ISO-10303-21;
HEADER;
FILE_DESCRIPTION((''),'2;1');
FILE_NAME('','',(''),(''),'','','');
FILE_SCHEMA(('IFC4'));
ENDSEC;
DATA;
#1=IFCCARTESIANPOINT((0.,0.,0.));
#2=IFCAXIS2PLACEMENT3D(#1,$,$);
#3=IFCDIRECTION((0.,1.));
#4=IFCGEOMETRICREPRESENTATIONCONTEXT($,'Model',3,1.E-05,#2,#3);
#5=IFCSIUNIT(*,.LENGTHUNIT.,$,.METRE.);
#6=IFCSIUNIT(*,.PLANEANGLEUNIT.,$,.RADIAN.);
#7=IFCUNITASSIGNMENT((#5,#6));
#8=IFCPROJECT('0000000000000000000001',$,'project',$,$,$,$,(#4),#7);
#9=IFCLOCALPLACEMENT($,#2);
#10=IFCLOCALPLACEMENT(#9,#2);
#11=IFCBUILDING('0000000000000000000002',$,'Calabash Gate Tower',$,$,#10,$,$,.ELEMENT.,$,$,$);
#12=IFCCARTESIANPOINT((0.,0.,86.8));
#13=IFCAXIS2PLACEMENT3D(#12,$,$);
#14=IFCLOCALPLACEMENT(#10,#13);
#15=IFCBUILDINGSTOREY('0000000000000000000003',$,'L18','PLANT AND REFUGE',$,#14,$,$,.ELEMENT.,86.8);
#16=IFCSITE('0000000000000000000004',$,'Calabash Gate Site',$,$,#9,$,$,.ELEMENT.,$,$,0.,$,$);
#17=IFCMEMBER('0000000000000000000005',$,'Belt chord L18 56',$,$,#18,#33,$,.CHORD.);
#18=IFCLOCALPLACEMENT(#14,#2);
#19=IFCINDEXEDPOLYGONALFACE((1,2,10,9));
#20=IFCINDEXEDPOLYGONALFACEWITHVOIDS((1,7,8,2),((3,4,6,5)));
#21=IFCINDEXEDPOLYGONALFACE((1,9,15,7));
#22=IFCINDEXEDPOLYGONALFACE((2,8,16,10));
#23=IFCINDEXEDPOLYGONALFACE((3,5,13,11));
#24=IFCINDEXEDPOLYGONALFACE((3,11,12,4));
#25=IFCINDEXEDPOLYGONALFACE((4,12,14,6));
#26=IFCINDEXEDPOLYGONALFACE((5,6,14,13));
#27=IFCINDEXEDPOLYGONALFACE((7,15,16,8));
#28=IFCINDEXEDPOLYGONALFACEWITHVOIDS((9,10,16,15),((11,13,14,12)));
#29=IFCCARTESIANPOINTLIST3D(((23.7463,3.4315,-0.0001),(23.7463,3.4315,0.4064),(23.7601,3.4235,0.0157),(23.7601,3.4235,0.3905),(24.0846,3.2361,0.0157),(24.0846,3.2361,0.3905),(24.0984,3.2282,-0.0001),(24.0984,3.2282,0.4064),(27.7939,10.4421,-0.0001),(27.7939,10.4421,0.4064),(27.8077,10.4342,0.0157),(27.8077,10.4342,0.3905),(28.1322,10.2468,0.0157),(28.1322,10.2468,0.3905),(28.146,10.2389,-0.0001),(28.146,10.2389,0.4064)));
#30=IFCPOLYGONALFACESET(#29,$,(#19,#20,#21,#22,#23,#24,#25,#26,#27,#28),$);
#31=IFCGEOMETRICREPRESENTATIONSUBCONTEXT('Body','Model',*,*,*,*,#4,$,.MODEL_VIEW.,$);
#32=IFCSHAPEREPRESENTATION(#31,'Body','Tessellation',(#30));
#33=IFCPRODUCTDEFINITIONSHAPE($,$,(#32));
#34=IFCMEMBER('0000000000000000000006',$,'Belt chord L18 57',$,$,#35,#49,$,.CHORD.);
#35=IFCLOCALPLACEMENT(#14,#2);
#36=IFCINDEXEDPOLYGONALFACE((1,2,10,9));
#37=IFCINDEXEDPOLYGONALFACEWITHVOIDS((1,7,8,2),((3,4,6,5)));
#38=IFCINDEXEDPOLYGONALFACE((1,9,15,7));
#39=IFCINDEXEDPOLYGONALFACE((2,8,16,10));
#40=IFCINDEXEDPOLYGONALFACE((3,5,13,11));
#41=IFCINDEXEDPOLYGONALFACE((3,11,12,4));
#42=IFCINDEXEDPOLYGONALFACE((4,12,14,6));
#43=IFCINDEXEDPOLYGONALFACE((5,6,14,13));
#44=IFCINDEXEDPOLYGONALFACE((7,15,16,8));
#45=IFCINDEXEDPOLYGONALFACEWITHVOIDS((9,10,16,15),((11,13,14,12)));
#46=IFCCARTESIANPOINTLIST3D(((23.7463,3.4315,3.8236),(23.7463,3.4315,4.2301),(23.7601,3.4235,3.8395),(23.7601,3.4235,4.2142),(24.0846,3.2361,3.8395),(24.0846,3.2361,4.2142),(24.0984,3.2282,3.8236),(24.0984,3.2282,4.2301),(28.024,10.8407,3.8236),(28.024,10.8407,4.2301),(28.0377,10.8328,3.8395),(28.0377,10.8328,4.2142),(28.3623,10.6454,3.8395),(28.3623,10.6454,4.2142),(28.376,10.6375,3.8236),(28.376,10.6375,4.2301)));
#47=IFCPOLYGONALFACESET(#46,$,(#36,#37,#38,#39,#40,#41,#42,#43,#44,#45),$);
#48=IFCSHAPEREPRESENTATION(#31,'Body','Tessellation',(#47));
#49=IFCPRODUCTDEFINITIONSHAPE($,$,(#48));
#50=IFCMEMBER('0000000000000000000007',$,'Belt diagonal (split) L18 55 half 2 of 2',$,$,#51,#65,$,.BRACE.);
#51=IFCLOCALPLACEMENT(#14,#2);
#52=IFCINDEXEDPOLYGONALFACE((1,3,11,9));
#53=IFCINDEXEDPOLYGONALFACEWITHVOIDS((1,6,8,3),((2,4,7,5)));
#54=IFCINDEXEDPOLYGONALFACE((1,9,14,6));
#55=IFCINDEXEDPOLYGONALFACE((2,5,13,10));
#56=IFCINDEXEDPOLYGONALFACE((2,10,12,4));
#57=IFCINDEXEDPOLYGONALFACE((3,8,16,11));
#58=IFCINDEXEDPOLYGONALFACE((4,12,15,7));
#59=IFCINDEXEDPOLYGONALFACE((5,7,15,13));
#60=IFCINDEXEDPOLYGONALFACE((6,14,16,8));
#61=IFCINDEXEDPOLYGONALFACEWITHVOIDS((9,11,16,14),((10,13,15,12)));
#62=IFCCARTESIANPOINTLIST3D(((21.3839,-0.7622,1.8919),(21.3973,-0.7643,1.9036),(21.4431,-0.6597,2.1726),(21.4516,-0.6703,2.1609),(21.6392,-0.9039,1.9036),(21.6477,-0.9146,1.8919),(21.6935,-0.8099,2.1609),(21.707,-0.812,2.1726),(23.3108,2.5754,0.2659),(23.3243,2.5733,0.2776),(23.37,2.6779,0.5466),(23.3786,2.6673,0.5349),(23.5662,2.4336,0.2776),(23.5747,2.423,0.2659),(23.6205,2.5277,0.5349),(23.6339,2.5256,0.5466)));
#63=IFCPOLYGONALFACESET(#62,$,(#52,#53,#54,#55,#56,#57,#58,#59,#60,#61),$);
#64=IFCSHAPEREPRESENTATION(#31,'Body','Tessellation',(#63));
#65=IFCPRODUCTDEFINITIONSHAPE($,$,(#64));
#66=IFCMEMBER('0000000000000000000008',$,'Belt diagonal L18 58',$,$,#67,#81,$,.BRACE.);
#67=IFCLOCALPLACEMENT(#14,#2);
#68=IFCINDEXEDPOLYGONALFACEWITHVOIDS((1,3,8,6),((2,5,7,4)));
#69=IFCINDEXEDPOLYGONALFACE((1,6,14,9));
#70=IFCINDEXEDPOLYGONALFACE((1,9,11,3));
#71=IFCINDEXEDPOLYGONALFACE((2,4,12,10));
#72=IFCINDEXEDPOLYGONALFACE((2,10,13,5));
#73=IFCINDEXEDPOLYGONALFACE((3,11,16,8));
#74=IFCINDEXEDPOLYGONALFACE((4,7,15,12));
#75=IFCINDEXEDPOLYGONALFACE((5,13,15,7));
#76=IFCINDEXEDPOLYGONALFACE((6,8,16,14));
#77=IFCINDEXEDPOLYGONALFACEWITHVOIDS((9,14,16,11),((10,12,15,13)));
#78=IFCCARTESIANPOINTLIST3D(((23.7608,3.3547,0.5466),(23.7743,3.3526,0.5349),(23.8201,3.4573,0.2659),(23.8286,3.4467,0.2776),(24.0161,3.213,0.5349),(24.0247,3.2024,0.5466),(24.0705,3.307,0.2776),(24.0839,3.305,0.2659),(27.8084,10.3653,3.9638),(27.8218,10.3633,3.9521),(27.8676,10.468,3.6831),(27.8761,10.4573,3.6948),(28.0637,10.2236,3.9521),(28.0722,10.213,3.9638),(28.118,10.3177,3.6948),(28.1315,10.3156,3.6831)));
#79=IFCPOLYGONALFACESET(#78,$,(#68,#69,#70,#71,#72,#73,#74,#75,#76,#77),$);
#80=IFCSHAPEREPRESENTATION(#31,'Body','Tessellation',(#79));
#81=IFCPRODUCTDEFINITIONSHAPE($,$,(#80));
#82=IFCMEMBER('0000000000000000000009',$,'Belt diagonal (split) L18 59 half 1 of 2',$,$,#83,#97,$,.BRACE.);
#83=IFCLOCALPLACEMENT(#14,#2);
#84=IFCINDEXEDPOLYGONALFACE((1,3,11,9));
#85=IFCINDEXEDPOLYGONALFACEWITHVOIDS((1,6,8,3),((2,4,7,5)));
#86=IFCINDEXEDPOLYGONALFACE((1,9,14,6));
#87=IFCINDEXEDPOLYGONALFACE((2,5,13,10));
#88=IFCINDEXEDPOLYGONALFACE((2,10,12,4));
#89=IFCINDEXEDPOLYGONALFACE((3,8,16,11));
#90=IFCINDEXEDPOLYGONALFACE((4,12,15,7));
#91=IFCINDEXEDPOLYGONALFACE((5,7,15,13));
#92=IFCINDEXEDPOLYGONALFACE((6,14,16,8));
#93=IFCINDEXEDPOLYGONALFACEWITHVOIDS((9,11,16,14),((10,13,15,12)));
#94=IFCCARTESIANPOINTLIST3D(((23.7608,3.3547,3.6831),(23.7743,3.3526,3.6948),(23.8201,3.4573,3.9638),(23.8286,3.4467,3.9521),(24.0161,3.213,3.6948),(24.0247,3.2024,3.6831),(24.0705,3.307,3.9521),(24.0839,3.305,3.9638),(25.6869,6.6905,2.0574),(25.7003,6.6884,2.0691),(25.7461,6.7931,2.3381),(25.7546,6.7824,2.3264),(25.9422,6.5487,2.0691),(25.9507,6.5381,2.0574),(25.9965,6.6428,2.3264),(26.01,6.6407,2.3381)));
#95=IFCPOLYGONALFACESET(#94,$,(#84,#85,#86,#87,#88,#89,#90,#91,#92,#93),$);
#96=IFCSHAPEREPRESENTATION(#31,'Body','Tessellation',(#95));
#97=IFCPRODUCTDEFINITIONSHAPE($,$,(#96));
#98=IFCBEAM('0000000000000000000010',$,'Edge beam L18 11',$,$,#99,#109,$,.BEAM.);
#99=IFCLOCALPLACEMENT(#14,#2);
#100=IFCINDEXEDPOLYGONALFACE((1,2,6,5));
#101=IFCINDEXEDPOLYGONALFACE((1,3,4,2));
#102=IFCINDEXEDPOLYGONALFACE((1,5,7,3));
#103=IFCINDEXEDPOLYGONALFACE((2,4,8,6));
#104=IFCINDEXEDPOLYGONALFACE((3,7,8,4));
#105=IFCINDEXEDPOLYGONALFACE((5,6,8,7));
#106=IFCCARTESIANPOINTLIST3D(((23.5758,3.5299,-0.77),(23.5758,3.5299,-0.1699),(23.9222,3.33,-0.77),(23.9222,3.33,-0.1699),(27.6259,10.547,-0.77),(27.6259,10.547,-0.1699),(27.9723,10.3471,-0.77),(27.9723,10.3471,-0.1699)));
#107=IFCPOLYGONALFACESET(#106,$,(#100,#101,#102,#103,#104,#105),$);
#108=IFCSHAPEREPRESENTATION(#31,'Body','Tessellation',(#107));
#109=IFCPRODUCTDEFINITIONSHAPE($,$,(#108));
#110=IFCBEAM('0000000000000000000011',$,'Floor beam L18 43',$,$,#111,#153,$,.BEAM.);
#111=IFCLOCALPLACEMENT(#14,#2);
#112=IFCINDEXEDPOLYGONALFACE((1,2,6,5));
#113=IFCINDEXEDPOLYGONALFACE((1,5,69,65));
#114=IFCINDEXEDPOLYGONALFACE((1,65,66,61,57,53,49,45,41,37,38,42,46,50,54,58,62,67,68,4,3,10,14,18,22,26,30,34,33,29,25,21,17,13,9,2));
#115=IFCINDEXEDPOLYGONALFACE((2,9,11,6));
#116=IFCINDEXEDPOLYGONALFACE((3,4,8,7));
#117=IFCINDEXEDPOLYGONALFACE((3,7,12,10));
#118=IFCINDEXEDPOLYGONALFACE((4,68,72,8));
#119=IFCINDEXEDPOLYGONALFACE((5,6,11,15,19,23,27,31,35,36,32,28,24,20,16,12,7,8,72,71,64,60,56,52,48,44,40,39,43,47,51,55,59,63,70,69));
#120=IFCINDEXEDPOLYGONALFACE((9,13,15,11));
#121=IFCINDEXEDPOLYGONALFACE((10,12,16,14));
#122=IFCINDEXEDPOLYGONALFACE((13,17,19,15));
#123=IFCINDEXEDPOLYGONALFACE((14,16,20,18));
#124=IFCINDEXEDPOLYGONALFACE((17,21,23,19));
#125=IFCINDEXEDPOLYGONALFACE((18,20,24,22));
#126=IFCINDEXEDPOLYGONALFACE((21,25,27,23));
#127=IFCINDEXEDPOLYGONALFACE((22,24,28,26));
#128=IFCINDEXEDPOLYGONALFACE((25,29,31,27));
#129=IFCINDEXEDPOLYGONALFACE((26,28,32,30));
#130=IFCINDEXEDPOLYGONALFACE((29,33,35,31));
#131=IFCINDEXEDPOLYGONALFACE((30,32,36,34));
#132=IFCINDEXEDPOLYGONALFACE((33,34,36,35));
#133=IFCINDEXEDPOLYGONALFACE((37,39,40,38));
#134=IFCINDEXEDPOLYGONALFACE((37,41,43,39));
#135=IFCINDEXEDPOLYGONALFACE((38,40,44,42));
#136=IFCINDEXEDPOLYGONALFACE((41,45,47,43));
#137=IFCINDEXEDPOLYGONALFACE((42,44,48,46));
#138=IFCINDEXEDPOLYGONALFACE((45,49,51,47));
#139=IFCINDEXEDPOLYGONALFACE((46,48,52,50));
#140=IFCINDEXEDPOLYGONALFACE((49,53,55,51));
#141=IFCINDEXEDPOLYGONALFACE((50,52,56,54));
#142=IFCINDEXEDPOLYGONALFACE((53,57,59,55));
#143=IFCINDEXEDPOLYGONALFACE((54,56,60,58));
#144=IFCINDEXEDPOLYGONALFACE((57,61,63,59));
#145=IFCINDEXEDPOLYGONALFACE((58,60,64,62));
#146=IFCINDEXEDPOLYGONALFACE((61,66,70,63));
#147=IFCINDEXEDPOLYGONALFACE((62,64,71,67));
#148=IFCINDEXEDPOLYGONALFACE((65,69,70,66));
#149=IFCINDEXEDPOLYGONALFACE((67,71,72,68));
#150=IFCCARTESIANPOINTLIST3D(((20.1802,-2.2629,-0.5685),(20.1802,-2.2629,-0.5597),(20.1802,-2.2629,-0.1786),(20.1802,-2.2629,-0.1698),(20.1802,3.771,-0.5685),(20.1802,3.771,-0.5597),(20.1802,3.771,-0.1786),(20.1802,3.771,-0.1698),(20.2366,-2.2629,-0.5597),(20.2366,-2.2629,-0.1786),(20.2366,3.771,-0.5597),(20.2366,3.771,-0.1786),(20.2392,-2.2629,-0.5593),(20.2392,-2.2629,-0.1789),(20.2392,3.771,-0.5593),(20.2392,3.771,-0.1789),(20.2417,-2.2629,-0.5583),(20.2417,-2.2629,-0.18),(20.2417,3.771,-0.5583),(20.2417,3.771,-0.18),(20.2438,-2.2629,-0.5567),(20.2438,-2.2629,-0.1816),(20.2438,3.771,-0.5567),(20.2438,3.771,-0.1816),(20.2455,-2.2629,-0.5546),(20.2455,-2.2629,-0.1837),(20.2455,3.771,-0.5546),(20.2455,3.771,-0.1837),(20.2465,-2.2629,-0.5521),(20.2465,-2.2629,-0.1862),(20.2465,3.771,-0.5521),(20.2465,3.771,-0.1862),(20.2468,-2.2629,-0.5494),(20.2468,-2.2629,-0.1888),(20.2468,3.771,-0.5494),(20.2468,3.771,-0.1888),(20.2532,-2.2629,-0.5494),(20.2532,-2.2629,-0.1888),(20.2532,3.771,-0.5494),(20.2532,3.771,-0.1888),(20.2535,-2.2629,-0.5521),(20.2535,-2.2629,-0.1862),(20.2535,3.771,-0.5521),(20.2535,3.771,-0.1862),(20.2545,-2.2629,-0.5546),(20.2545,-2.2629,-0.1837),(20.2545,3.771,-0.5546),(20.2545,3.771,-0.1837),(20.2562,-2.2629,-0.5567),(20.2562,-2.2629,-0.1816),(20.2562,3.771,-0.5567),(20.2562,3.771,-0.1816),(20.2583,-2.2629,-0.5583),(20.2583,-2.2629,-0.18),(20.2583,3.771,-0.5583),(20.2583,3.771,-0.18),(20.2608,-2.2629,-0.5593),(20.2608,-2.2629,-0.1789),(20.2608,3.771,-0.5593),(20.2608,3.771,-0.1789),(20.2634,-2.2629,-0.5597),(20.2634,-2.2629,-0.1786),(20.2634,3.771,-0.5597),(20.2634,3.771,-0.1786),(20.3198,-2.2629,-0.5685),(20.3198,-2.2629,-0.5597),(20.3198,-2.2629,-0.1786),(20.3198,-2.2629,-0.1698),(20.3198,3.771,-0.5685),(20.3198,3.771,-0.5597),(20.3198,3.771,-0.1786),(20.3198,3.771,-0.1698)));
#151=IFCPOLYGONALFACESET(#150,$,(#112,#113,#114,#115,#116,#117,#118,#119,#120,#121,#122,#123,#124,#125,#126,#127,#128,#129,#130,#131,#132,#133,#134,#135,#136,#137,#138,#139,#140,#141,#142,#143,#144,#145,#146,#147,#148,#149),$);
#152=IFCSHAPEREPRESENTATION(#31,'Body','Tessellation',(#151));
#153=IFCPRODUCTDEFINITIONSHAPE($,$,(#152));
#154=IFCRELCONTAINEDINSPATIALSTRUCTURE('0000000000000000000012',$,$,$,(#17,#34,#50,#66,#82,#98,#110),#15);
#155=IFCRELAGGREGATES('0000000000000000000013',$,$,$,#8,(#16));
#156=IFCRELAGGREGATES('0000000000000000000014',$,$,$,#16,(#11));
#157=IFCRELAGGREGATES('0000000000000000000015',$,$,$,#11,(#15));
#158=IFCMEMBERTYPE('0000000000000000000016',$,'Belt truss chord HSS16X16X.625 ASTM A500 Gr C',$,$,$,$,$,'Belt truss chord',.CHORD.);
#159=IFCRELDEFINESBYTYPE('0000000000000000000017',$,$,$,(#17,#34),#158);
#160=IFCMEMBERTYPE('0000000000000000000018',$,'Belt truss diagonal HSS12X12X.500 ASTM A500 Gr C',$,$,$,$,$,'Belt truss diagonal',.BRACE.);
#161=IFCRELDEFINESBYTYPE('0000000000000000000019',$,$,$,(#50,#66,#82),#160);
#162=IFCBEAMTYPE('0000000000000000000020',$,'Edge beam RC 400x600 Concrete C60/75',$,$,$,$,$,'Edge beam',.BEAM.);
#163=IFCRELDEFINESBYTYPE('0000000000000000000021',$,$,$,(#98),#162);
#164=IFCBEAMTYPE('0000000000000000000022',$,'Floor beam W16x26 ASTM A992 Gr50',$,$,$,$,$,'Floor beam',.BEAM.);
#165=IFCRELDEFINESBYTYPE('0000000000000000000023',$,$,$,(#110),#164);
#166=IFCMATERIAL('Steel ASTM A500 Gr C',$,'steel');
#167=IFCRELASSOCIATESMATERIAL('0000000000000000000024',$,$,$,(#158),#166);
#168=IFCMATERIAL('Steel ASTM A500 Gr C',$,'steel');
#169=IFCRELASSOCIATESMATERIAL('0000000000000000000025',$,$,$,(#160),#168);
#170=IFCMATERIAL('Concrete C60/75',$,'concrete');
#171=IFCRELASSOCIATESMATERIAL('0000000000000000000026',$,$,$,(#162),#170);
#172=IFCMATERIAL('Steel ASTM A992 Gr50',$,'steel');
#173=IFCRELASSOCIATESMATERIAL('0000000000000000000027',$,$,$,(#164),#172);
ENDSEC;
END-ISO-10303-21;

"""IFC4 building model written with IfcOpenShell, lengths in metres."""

from ifc_helpers import new_model, si_unit, direction, frame, origin, origin_2d, place, context, subcontext, project, spatial, rectangle, hollow_rectangle, i_section, extrude, material, material_profile, profile_set, type_object, element, save


model = new_model("IFC4")

# Units and contexts
model_context = context("Model", 3, precision=1e-05, world=origin(), true_north=direction((0.0, 1.0)))
body_context = subcontext(model_context, "Body", "Model", "MODEL_VIEW")
ifc_project = project(units=[si_unit("LENGTHUNIT", "METRE"), si_unit("PLANEANGLEUNIT", "RADIAN")], contexts=[model_context])

# Site, building, storey
site_placement = place(None, origin())
site = spatial("IfcSite", under=ifc_project, at=site_placement, Name="Calabash Gate Site", CompositionType="ELEMENT", RefElevation=0.0)
building_placement = place(site_placement, origin())
building = spatial("IfcBuilding", under=site, at=building_placement, Name="Calabash Gate Tower", CompositionType="ELEMENT")
storey_placement = place(building_placement, frame((0.0, 0.0, 86.8)))
storey = spatial("IfcBuildingStorey", under=building, at=storey_placement, Name="L18", Description="PLANT AND REFUGE", CompositionType="ELEMENT", Elevation=86.8)

# Members
ifc_material_1 = material(Name="Steel ASTM A500 Gr C", Category="steel")
ifc_material_profile_1 = material_profile(ifc_material_1, hollow_rectangle(XDim=0.4065, YDim=0.4065, WallThickness=0.0159, at=origin_2d()))
ifc_profile_set_1 = profile_set([ifc_material_profile_1], Name="Steel ASTM A500 Gr C")
member_type_1 = type_object("IfcMemberType", Name="Belt truss chord HSS16X16X.625 ASTM A500 Gr C", ElementType="Belt truss chord", PredefinedType="CHORD", material=ifc_profile_set_1)
member_1_placement = place(storey_placement, frame((23.9224, 3.3298, 0.2031), z_axis=(0.499996, 0.866028, 0.0), x_axis=(-0.866028, 0.499996, 0.0)))
element("IfcMember", 1, at=member_1_placement, inside=storey, type_object=member_type_1, Name="Belt chord L18 56", PredefinedType="CHORD", context=body_context, shape_type="SweptSolid", body=[
    extrude(hollow_rectangle(XDim=0.4065, YDim=0.4065, WallThickness=0.0159, at=origin_2d()), origin(), (0.0, 0.0, 1.0), 8.0952),
])
member_2_placement = place(storey_placement, frame((23.9224, 3.3298, 4.0269), z_axis=(0.499991, 0.866031, 0.0), x_axis=(-0.866031, 0.499991, 0.0)))
element("IfcMember", 2, at=member_2_placement, inside=storey, type_object=member_type_1, Name="Belt chord L18 57", PredefinedType="CHORD", context=body_context, shape_type="SweptSolid", body=[
    extrude(hollow_rectangle(XDim=0.4065, YDim=0.4065, WallThickness=0.0159, at=origin_2d()), origin(), (0.0, 0.0, 1.0), 8.5554),
])
ifc_material_2 = material(Name="Steel ASTM A500 Gr C", Category="steel")
ifc_material_profile_2 = material_profile(ifc_material_2, hollow_rectangle(XDim=0.3047, YDim=0.3047, WallThickness=0.0127, at=origin_2d()))
ifc_profile_set_2 = profile_set([ifc_material_profile_2], Name="Steel ASTM A500 Gr C")
member_type_2 = type_object("IfcMemberType", Name="Belt truss diagonal HSS12X12X.500 ASTM A500 Gr C", ElementType="Belt truss diagonal", PredefinedType="BRACE", material=ifc_profile_set_2)
member_3_placement = place(storey_placement, frame((21.5454, -0.7871, 2.0322), z_axis=(0.460681, 0.797918, -0.388716), x_axis=(-0.866024, 0.500002, 0.0)))
element("IfcMember", 3, at=member_3_placement, inside=storey, type_object=member_type_2, Name="Belt diagonal (split) L18 55 half 2 of 2", PredefinedType="BRACE", context=body_context, shape_type="SweptSolid", body=[
    extrude(hollow_rectangle(XDim=0.3047, YDim=0.3047, WallThickness=0.0127, at=origin_2d()), origin(), (0.0, 0.0, 1.0), 4.1829),
])
member_4_placement = place(storey_placement, frame((23.9224, 3.3298, 0.4062), z_axis=(0.460637, 0.797855, 0.388897), x_axis=(-0.866028, 0.499996, 0.0)))
element("IfcMember", 4, at=member_4_placement, inside=storey, type_object=member_type_2, Name="Belt diagonal L18 58", PredefinedType="BRACE", context=body_context, shape_type="SweptSolid", body=[
    extrude(hollow_rectangle(XDim=0.3047, YDim=0.3047, WallThickness=0.0127, at=origin_2d()), origin(), (0.0, 0.0, 1.0), 8.7869),
])
member_5_placement = place(storey_placement, frame((23.9224, 3.3298, 3.8235), z_axis=(0.460679, 0.797852, -0.388853), x_axis=(-0.866007, 0.500032, 0.0)))
element("IfcMember", 5, at=member_5_placement, inside=storey, type_object=member_type_2, Name="Belt diagonal (split) L18 59 half 1 of 2", PredefinedType="BRACE", context=body_context, shape_type="SweptSolid", body=[
    extrude(hollow_rectangle(XDim=0.3047, YDim=0.3047, WallThickness=0.0127, at=origin_2d()), origin(), (0.0, 0.0, 1.0), 4.1809),
])

# Beams
ifc_material_3 = material(Name="Concrete C60/75", Category="concrete")
ifc_material_profile_3 = material_profile(ifc_material_3, rectangle(XDim=0.3999, YDim=0.6001, at=origin_2d()))
ifc_profile_set_3 = profile_set([ifc_material_profile_3], Name="Concrete C60/75")
beam_type_1 = type_object("IfcBeamType", Name="Edge beam RC 400x600 Concrete C60/75", ElementType="Edge beam", PredefinedType="BEAM", material=ifc_profile_set_3)
beam_1_placement = place(storey_placement, frame((23.749, 3.4299, -0.47), z_axis=(0.499882, 0.866093, 0.0), x_axis=(-0.866093, 0.499882, 0.0)))
element("IfcBeam", 6, at=beam_1_placement, inside=storey, type_object=beam_type_1, Name="Edge beam L18 11", PredefinedType="BEAM", context=body_context, shape_type="SweptSolid", body=[
    extrude(rectangle(XDim=0.3999, YDim=0.6001, at=origin_2d()), origin(), (0.0, 0.0, 1.0), 8.1021),
])
ifc_material_4 = material(Name="Steel ASTM A992 Gr50", Category="steel")
ifc_material_profile_4 = material_profile(ifc_material_4, i_section(OverallWidth=0.1396, OverallDepth=0.3987, WebThickness=0.0063, FlangeThickness=0.0088, FilletRadius=0.0103, at=origin_2d()))
ifc_profile_set_4 = profile_set([ifc_material_profile_4], Name="Steel ASTM A992 Gr50")
beam_type_2 = type_object("IfcBeamType", Name="Floor beam W16x26 ASTM A992 Gr50", ElementType="Floor beam", PredefinedType="BEAM", material=ifc_profile_set_4)
beam_2_placement = place(storey_placement, frame((20.25, -2.2629, -0.3691), z_axis=(0.0, 1.0, 0.0), x_axis=(-1.0, 0.0, 0.0)))
element("IfcBeam", 7, at=beam_2_placement, inside=storey, type_object=beam_type_2, Name="Floor beam L18 43", PredefinedType="BEAM", context=body_context, shape_type="SweptSolid", body=[
    extrude(i_section(OverallWidth=0.1396, OverallDepth=0.3987, WebThickness=0.0063, FlangeThickness=0.0088, FilletRadius=0.0103, at=origin_2d()), origin(), (0.0, 0.0, 1.0), 6.0339),
])

save(model, "model.ifc")
